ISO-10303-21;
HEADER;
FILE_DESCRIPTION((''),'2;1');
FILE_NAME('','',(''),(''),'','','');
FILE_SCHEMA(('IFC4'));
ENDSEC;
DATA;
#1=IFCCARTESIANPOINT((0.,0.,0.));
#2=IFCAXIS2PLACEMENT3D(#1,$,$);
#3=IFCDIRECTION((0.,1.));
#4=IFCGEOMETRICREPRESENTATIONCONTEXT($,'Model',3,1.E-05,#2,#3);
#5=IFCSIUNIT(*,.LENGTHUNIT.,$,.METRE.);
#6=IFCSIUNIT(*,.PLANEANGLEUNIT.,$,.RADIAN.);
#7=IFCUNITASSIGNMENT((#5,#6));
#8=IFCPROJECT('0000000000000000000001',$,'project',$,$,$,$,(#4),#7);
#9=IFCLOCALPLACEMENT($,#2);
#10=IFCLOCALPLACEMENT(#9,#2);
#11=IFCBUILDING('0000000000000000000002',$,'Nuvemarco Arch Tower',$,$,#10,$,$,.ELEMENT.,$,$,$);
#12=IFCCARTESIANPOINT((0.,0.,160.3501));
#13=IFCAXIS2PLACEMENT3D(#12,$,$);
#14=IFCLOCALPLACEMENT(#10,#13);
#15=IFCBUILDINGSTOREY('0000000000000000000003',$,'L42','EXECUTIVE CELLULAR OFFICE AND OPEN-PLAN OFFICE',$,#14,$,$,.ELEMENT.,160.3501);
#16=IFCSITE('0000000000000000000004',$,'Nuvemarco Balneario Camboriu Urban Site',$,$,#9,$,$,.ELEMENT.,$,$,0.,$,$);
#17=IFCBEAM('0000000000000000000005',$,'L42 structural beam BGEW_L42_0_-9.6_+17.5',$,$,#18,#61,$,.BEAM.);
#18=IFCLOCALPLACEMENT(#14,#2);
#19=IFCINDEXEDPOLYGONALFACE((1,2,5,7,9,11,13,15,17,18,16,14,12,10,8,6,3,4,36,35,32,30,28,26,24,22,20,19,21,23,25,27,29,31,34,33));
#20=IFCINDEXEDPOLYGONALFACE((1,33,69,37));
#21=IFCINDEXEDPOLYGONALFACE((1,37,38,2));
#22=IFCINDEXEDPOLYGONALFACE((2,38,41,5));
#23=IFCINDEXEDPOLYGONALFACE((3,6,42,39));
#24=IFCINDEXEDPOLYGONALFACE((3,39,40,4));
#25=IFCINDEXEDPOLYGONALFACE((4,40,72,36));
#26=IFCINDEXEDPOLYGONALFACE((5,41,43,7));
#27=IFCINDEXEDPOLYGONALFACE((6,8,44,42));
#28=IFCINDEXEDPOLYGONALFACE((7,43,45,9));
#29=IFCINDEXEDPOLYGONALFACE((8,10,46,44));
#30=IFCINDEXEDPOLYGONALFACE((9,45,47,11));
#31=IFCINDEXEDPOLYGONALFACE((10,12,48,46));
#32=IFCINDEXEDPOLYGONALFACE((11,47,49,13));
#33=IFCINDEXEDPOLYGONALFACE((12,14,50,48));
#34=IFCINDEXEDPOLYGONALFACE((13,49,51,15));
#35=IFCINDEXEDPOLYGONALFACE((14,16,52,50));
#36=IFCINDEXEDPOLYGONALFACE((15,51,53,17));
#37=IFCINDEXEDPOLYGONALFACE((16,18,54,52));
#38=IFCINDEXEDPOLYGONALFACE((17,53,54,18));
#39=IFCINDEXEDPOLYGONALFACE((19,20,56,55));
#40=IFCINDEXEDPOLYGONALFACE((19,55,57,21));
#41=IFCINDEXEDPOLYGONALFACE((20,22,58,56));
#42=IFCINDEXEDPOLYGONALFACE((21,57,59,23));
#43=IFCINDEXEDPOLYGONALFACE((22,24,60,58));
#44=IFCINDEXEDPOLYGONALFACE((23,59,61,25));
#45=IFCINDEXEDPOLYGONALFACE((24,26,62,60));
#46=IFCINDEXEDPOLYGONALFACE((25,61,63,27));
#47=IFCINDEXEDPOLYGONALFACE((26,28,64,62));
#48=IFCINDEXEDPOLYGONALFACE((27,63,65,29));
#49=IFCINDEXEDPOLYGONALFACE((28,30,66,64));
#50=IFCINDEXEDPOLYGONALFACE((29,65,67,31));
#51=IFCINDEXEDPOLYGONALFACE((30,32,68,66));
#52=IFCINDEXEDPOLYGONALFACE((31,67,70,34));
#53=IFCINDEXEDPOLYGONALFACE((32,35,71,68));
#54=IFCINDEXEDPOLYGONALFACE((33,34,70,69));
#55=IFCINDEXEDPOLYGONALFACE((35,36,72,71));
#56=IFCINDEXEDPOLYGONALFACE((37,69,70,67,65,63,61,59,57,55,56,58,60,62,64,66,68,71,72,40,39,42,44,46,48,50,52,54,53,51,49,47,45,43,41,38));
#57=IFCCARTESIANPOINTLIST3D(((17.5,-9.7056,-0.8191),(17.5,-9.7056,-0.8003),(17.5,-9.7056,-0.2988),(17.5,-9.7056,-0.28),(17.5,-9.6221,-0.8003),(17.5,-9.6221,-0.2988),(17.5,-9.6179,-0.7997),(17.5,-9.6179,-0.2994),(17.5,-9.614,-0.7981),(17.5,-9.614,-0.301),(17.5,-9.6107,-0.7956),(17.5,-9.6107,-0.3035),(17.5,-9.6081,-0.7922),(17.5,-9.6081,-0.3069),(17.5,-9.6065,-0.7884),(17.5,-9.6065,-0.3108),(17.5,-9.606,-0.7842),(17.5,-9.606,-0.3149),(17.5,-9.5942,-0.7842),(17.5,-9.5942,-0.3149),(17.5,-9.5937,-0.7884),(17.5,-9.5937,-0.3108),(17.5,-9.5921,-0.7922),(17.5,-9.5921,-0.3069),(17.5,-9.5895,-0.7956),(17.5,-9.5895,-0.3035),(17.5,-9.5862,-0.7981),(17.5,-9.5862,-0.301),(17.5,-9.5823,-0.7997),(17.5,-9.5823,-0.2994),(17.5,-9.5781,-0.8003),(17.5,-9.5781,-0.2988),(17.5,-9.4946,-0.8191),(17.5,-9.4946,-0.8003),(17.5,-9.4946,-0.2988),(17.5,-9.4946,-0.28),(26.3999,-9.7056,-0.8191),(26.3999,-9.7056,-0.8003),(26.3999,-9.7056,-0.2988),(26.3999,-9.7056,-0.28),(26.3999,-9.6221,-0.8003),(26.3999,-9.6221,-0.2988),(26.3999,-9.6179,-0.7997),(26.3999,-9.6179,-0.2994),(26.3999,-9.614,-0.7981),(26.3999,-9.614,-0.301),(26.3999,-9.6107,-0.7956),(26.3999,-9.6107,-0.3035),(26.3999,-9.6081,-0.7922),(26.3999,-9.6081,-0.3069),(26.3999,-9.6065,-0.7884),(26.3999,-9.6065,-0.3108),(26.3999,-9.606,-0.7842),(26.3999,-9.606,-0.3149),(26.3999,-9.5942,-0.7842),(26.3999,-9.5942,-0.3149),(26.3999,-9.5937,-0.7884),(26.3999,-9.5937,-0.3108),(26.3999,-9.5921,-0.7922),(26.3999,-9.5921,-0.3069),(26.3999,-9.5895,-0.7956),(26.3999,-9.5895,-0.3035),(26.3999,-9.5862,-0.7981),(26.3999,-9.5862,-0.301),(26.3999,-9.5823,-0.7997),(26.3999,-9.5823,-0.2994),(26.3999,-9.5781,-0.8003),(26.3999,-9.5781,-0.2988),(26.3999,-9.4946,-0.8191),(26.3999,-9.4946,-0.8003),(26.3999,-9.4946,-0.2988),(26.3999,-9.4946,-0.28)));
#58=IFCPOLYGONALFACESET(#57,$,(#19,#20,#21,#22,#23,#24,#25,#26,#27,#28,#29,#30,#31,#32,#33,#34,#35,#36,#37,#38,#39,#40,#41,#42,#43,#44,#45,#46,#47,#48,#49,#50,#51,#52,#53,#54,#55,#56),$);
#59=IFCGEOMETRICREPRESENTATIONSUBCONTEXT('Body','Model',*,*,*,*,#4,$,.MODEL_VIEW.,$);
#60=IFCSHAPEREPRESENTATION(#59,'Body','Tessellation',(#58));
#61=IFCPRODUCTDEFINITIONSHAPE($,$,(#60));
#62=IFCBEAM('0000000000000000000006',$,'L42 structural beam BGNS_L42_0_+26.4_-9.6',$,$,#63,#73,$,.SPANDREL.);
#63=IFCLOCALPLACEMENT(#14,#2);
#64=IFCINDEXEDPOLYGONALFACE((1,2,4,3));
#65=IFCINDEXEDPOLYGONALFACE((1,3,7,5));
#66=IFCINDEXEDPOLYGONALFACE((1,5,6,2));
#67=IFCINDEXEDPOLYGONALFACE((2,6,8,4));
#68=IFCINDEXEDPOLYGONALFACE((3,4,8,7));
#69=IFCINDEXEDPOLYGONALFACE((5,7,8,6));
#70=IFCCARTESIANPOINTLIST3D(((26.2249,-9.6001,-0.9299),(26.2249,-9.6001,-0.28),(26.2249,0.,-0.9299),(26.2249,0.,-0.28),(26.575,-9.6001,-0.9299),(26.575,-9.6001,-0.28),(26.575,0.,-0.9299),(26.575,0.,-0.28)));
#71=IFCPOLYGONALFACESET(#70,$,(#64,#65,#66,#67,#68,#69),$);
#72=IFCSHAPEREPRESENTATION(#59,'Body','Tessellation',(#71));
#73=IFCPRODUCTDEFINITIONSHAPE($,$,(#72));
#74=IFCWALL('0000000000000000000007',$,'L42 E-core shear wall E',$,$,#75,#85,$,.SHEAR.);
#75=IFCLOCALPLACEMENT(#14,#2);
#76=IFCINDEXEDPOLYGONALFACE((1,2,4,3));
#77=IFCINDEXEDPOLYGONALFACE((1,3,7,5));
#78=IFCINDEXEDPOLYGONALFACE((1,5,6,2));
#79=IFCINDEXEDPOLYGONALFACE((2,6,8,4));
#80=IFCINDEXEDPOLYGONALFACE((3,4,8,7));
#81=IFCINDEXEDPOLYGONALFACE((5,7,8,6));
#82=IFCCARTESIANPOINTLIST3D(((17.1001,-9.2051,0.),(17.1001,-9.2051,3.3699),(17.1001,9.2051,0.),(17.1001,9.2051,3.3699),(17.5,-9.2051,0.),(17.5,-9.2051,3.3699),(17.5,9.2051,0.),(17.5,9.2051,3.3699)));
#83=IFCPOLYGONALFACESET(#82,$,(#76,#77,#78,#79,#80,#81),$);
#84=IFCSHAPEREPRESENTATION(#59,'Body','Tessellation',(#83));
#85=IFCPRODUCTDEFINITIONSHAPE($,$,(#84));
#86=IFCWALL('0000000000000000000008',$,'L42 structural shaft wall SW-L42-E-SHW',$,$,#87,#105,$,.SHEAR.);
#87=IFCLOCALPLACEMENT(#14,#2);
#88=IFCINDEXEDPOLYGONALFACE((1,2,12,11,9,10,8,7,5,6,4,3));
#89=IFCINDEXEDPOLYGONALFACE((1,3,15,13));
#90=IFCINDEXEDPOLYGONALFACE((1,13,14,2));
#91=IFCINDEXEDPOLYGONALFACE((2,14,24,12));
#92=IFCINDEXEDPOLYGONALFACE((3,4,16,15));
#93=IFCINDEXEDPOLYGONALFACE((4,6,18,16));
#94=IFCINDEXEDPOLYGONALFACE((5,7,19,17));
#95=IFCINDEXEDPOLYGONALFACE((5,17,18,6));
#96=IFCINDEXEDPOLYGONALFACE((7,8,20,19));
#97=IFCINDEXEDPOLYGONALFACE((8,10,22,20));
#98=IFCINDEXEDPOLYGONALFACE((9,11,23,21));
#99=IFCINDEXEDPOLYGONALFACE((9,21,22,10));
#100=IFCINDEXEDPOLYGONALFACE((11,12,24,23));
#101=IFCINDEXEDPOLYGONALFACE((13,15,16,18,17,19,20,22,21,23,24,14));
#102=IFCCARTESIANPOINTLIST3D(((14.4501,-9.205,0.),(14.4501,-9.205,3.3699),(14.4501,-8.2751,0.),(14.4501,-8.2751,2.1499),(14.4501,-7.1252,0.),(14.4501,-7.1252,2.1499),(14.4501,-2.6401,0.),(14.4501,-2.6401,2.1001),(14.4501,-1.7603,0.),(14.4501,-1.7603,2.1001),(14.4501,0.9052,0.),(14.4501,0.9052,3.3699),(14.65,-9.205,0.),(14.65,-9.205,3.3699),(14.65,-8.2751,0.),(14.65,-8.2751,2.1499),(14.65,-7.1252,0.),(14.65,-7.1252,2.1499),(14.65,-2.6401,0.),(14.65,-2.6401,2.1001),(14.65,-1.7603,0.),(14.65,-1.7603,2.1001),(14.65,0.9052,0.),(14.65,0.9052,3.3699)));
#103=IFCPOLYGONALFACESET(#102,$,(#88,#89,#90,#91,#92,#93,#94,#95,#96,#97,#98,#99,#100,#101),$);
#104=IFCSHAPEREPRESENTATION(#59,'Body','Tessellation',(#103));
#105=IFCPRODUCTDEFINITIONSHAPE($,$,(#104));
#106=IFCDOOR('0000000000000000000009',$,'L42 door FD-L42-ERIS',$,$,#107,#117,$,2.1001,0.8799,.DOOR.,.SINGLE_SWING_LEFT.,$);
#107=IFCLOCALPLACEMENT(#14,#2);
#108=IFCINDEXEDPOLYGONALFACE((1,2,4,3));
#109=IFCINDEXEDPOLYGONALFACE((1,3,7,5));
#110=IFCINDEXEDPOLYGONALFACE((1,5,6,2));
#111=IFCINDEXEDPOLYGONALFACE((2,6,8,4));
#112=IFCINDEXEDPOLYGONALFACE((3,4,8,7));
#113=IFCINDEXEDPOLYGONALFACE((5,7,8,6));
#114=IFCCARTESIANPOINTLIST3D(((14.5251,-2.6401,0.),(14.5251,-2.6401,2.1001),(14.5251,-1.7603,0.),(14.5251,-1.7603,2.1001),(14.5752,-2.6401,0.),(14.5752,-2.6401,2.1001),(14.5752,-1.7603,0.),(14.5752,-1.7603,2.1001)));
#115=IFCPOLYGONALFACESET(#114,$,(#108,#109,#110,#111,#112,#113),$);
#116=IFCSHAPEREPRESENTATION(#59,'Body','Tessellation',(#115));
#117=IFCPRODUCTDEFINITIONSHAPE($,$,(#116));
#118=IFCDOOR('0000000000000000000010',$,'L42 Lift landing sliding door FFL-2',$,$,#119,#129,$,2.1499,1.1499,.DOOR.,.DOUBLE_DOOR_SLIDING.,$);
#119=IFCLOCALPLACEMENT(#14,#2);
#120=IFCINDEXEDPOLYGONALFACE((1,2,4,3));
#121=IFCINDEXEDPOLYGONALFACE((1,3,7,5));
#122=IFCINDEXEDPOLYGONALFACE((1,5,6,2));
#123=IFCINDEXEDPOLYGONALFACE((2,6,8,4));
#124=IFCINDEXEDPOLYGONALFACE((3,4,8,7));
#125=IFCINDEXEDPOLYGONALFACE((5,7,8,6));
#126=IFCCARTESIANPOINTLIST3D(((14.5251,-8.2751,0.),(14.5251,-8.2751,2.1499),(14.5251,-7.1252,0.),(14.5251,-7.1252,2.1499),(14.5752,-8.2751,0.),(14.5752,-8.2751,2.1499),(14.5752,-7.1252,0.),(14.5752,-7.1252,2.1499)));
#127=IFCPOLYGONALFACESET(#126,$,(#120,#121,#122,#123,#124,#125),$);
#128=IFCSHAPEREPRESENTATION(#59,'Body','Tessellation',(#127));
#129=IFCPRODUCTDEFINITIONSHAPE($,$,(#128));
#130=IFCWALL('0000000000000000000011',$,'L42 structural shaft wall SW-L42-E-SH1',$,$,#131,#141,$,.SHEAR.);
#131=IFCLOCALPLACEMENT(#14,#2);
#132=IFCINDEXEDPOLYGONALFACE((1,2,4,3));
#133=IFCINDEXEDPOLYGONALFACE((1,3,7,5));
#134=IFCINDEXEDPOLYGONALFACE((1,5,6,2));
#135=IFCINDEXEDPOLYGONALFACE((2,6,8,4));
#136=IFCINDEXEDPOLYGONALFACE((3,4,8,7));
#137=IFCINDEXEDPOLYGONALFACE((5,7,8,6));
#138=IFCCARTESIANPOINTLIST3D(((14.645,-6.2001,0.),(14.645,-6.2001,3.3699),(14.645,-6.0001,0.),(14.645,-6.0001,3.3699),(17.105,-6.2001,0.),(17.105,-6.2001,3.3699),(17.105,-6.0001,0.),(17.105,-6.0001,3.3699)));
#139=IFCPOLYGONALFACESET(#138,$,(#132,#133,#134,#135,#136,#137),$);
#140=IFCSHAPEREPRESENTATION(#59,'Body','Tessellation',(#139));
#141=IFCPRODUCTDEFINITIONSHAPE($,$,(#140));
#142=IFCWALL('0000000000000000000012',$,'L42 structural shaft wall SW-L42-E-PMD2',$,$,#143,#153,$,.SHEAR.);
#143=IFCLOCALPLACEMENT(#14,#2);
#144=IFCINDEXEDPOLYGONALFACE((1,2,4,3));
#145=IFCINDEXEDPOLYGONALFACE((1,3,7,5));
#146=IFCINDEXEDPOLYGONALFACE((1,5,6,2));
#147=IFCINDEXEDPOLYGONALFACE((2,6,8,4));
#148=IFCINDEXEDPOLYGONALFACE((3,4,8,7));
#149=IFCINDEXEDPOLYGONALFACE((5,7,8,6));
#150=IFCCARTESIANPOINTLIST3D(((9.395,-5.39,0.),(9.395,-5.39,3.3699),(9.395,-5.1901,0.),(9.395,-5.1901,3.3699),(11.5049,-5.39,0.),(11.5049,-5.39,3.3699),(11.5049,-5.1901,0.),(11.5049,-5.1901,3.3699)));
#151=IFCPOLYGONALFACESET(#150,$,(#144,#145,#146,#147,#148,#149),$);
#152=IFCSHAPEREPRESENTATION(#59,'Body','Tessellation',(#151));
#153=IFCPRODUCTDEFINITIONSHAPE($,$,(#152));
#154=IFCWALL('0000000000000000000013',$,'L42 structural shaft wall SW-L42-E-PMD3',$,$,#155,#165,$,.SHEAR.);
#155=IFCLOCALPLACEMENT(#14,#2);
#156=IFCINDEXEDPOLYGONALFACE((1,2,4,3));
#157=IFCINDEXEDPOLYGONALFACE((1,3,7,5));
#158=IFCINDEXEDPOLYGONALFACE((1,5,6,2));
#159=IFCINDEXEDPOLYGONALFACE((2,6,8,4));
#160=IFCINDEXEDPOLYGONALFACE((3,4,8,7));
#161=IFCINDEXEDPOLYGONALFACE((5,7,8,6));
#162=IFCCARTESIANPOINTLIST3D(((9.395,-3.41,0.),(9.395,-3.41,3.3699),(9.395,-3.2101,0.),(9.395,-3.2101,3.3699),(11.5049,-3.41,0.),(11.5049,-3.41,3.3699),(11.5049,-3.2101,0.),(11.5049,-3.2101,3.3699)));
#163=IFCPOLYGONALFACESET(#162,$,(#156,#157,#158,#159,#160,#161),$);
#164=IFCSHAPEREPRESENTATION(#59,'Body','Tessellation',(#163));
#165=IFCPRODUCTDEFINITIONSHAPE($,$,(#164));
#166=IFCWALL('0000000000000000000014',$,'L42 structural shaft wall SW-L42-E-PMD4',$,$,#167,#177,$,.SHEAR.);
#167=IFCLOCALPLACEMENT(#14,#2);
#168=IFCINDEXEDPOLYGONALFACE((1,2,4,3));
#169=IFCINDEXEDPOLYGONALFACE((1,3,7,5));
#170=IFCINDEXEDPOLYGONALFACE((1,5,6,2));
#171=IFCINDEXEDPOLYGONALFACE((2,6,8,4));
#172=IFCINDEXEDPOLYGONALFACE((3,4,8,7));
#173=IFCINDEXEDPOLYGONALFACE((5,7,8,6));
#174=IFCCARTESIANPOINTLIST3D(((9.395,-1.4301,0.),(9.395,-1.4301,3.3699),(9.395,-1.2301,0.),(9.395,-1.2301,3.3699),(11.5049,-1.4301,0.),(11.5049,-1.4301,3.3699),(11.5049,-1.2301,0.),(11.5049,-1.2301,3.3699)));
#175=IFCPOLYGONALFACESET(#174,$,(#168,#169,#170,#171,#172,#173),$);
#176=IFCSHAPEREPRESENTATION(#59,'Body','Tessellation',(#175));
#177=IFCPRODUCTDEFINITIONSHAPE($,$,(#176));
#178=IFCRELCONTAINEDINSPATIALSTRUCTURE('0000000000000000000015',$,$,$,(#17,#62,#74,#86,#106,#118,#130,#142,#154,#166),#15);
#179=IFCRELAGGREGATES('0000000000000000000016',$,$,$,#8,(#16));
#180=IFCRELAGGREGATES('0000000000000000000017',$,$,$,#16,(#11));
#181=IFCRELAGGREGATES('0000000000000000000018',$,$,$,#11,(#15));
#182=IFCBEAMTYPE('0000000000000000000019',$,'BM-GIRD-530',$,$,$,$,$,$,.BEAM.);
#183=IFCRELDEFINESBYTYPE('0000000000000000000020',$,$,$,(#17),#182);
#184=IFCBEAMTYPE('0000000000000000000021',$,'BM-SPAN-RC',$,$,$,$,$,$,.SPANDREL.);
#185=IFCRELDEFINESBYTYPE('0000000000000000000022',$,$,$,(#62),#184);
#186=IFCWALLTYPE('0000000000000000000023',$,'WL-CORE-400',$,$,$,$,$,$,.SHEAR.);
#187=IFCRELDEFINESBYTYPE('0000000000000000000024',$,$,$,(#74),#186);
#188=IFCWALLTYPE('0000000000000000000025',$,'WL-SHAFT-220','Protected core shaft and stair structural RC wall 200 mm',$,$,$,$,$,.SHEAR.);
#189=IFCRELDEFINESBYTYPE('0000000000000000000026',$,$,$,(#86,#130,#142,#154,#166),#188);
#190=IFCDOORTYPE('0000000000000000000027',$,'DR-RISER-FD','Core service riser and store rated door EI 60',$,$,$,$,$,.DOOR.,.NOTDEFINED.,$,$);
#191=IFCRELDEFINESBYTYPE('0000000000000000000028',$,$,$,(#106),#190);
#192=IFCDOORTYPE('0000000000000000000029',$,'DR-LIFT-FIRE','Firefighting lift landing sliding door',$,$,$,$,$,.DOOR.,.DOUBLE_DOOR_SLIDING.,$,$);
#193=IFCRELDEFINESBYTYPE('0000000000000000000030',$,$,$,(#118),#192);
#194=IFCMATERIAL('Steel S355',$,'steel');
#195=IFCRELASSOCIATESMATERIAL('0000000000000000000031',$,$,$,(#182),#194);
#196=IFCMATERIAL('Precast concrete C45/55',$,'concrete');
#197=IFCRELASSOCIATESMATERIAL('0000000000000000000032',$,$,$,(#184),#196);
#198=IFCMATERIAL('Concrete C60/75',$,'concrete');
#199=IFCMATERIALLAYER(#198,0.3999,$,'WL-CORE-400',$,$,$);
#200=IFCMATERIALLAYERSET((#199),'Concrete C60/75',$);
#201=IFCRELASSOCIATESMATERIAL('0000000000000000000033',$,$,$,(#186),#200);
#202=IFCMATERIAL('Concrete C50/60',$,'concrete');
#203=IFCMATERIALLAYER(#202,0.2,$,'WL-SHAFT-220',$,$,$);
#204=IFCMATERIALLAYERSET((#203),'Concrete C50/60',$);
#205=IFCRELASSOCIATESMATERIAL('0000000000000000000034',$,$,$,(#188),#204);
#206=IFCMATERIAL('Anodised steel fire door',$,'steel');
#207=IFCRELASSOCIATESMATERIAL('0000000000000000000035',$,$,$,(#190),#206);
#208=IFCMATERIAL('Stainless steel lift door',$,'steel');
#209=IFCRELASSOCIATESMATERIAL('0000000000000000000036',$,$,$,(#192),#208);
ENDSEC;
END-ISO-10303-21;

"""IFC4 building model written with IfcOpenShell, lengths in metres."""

from ifc_helpers import new_model, si_unit, direction, frame, frame_2d, origin, origin_2d, place, context, subcontext, project, spatial, rectangle, i_section, extrude, source, transform, mapped, material, layer, layer_set, material_profile, profile_set, type_object, type_shapes, element, fill, save


model = new_model("IFC4")

# Units and contexts
model_context = context("Model", 3, precision=1e-05, world=origin(), true_north=direction((0.0, 1.0)))
body_context = subcontext(model_context, "Body", "Model", "MODEL_VIEW")
ifc_project = project(units=[si_unit("LENGTHUNIT", "METRE"), si_unit("PLANEANGLEUNIT", "RADIAN")], contexts=[model_context])

# Site, building, storey
site_placement = place(None, origin())
site = spatial("IfcSite", under=ifc_project, at=site_placement, Name="Nuvemarco Balneario Camboriu Urban Site", CompositionType="ELEMENT", RefElevation=0.0)
building_placement = place(site_placement, origin())
building = spatial("IfcBuilding", under=site, at=building_placement, Name="Nuvemarco Arch Tower", CompositionType="ELEMENT")
storey_placement = place(building_placement, frame((0.0, 0.0, 160.3501)))
storey = spatial("IfcBuildingStorey", under=building, at=storey_placement, Name="L42", Description="EXECUTIVE CELLULAR OFFICE AND OPEN-PLAN OFFICE", CompositionType="ELEMENT", Elevation=160.3501)

# Shared definitions
ifc_material_1 = material(Name="Concrete C50/60", Category="concrete")
ifc_material_2 = material(Name="Steel S355", Category="steel")

# Beams
ifc_material_profile_1 = material_profile(ifc_material_2, i_section(OverallWidth=0.2109, OverallDepth=0.5391, WebThickness=0.0117, FlangeThickness=0.0188, FilletRadius=0.0161, at=origin_2d()), Name="W530x109")
ifc_profile_set_1 = profile_set([ifc_material_profile_1], Name="Steel S355")
beam_type_1 = type_object("IfcBeamType", Name="BM-GIRD-530", PredefinedType="BEAM", material=ifc_profile_set_1)
beam_1_placement = place(storey_placement, frame((17.5, -9.6001, -0.5496), z_axis=(1.0, 0.0, 0.0), x_axis=(0.0, 1.0, 0.0)))
element("IfcBeam", 1, at=beam_1_placement, inside=storey, type_object=beam_type_1, Name="L42 structural beam BGEW_L42_0_-9.6_+17.5", PredefinedType="BEAM", context=body_context, shape_type="SweptSolid", body=[
    extrude(i_section(OverallWidth=0.2109, OverallDepth=0.5391, WebThickness=0.0117, FlangeThickness=0.0188, FilletRadius=0.0161, at=origin_2d()), origin(), (0.0, 0.0, 1.0), 8.8999),
])
ifc_material_3 = material(Name="Precast concrete C45/55", Category="concrete")
ifc_material_profile_2 = material_profile(ifc_material_3, rectangle(XDim=0.3501, YDim=0.6499, at=origin_2d()), Name="PC-SP-350x650")
ifc_profile_set_2 = profile_set([ifc_material_profile_2], Name="Precast concrete C45/55")
beam_type_2 = type_object("IfcBeamType", Name="BM-SPAN-RC", PredefinedType="SPANDREL", material=ifc_profile_set_2)
beam_2_placement = place(storey_placement, frame((26.3999, -9.6001, -0.605), z_axis=(0.0, 1.0, 0.0), x_axis=(-1.0, 0.0, 0.0)))
element("IfcBeam", 2, at=beam_2_placement, inside=storey, type_object=beam_type_2, Name="L42 structural beam BGNS_L42_0_+26.4_-9.6", PredefinedType="SPANDREL", context=body_context, shape_type="SweptSolid", body=[
    extrude(rectangle(XDim=0.3501, YDim=0.6499, at=origin_2d()), origin(), (0.0, 0.0, 1.0), 9.6001),
])

# Wall
ifc_material_4 = material(Name="Concrete C60/75", Category="concrete")
ifc_layer_1 = layer(ifc_material_4, 0.3999, Name="WL-CORE-400")
ifc_layer_set_1 = layer_set([ifc_layer_1], Name="Concrete C60/75")
wall_type_1 = type_object("IfcWallType", Name="WL-CORE-400", PredefinedType="SHEAR", material=ifc_layer_set_1)
wall_1_placement = place(storey_placement, frame((17.3, -9.2051, 0.0), z_axis=(0.0, 0.0, 1.0), x_axis=(0.0, 1.0, 0.0)))
element("IfcWall", 3, at=wall_1_placement, inside=storey, type_object=wall_type_1, Name="L42 E-core shear wall E", PredefinedType="SHEAR", context=body_context, shape_type="SweptSolid", body=[
    extrude(rectangle(XDim=18.4102, YDim=0.3999, at=frame_2d((9.2051, 0.0))), origin(), (0.0, 0.0, 1.0), 3.3699),
])

# Wall, openings, doors
ifc_layer_2 = layer(ifc_material_1, 0.2, Name="WL-SHAFT-220")
ifc_layer_set_2 = layer_set([ifc_layer_2], Name="Concrete C50/60")
wall_type_2 = type_object("IfcWallType", Name="WL-SHAFT-220", Description="Protected core shaft and stair structural RC wall 200 mm", PredefinedType="SHEAR", material=ifc_layer_set_2)
wall_2_placement = place(storey_placement, frame((14.55, -9.2051, 0.0), z_axis=(0.0, 0.0, 1.0), x_axis=(0.0, 1.0, 0.0)))
wall_2 = element("IfcWall", 4, at=wall_2_placement, inside=storey, type_object=wall_type_2, Name="L42 structural shaft wall SW-L42-E-SHW", PredefinedType="SHEAR", context=body_context, shape_type="SweptSolid", body=[
    extrude(rectangle(XDim=10.1101, YDim=0.2, at=frame_2d((5.0552, 0.0))), origin(), (0.0, 0.0, 1.0), 3.3699),
])
opening_1_placement = place(wall_2_placement, frame((6.5649, 0.0, 0.0)))
opening_1 = element("IfcOpeningElement", 5, at=opening_1_placement, cuts=wall_2, PredefinedType="OPENING", context=body_context, shape_type="SweptSolid", body=[
    extrude(rectangle(XDim=0.8799, YDim=2.1001, at=frame_2d((0.4399, 1.05))), frame((0.0, 0.1099, 0.0), z_axis=(0.0, -1.0, 0.0), x_axis=(1.0, 0.0, 0.0)), (0.0, 0.0, 1.0), 0.22),
])
opening_2_placement = place(wall_2_placement, frame((0.9299, 0.0, 0.0)))
opening_2 = element("IfcOpeningElement", 6, at=opening_2_placement, cuts=wall_2, PredefinedType="OPENING", context=body_context, shape_type="SweptSolid", body=[
    extrude(rectangle(XDim=1.1499, YDim=2.1499, at=frame_2d((0.575, 1.075))), frame((0.0, 0.1099, 0.0), z_axis=(0.0, -1.0, 0.0), x_axis=(1.0, 0.0, 0.0)), (0.0, 0.0, 1.0), 0.22),
])
ifc_material_5 = material(Name="Anodised steel fire door", Category="steel")
door_type_1 = type_object("IfcDoorType", Name="DR-RISER-FD", Description="Core service riser and store rated door EI 60", OperationType="NOTDEFINED", PredefinedType="DOOR", material=ifc_material_5)
shared_shape_1 = source(origin(), body_context, "Body", "SweptSolid", [
    extrude(rectangle(XDim=0.8799, YDim=2.1001, at=frame_2d((0.4399, 1.05))), frame((0.0, 0.0249, 0.0), z_axis=(0.0, -1.0, 0.0), x_axis=(1.0, 0.0, 0.0)), (0.0, 0.0, 1.0), 0.05),
])
type_shapes(door_type_1, [shared_shape_1])
door_1_placement = place(opening_1_placement, origin())
door_1 = element("IfcDoor", 7, at=door_1_placement, inside=storey, type_object=door_type_1, Name="L42 door FD-L42-ERIS", OperationType="SINGLE_SWING_LEFT", OverallHeight=2.1001, OverallWidth=0.8799, PredefinedType="DOOR", context=body_context, shape_type="MappedRepresentation", body=[
    mapped(shared_shape_1, transform((0.0, 0.0, 0.0), scale=1.0)),
])
fill(opening_1, door_1)
ifc_material_6 = material(Name="Stainless steel lift door", Category="steel")
door_type_2 = type_object("IfcDoorType", Name="DR-LIFT-FIRE", Description="Firefighting lift landing sliding door", OperationType="DOUBLE_DOOR_SLIDING", PredefinedType="DOOR", material=ifc_material_6)
shared_shape_2 = source(origin(), body_context, "Body", "SweptSolid", [
    extrude(rectangle(XDim=1.1499, YDim=2.1499, at=frame_2d((0.575, 1.075))), frame((0.0, 0.0249, 0.0), z_axis=(0.0, -1.0, 0.0), x_axis=(1.0, 0.0, 0.0)), (0.0, 0.0, 1.0), 0.05),
])
type_shapes(door_type_2, [shared_shape_2])
door_2_placement = place(opening_2_placement, origin())
door_2 = element("IfcDoor", 8, at=door_2_placement, inside=storey, type_object=door_type_2, Name="L42 Lift landing sliding door FFL-2", OperationType="DOUBLE_DOOR_SLIDING", OverallHeight=2.1499, OverallWidth=1.1499, PredefinedType="DOOR", context=body_context, shape_type="MappedRepresentation", body=[
    mapped(shared_shape_2, transform((0.0, 0.0, 0.0), scale=1.0)),
])
fill(opening_2, door_2)

# Wall
wall_3_placement = place(storey_placement, frame((14.645, -6.1001, 0.0), z_axis=(0.0, 0.0, 1.0), x_axis=(1.0, 0.0, 0.0)))
element("IfcWall", 9, at=wall_3_placement, inside=storey, type_object=wall_type_2, Name="L42 structural shaft wall SW-L42-E-SH1", PredefinedType="SHEAR", context=body_context, shape_type="SweptSolid", body=[
    extrude(rectangle(XDim=2.46, YDim=0.2, at=frame_2d((1.23, 0.0))), origin(), (0.0, 0.0, 1.0), 3.3699),
])

# Walls
for number, where, z_axis, x_axis, name in (
    (10, (9.395, -5.29, 0.0), (0.0, 0.0, 1.0), (1.0, 0.0, 0.0), "L42 structural shaft wall SW-L42-E-PMD2"),
    (11, (9.395, -3.3101, 0.0), (0.0, 0.0, 1.0), (1.0, 0.0, 0.0), "L42 structural shaft wall SW-L42-E-PMD3"),
    (12, (9.395, -1.3301, 0.0), (0.0, 0.0, 1.0), (1.0, 0.0, 0.0), "L42 structural shaft wall SW-L42-E-PMD4"),
):
    element("IfcWall", number, at=place(storey_placement, frame(where, z_axis=z_axis, x_axis=x_axis)), inside=storey, type_object=wall_type_2, Name=name, PredefinedType="SHEAR", context=body_context, shape_type="SweptSolid", body=[
        extrude(rectangle(XDim=2.1099, YDim=0.2, at=frame_2d((1.0549, 0.0))), origin(), (0.0, 0.0, 1.0), 3.3699),
    ])

save(model, "model.ifc")
